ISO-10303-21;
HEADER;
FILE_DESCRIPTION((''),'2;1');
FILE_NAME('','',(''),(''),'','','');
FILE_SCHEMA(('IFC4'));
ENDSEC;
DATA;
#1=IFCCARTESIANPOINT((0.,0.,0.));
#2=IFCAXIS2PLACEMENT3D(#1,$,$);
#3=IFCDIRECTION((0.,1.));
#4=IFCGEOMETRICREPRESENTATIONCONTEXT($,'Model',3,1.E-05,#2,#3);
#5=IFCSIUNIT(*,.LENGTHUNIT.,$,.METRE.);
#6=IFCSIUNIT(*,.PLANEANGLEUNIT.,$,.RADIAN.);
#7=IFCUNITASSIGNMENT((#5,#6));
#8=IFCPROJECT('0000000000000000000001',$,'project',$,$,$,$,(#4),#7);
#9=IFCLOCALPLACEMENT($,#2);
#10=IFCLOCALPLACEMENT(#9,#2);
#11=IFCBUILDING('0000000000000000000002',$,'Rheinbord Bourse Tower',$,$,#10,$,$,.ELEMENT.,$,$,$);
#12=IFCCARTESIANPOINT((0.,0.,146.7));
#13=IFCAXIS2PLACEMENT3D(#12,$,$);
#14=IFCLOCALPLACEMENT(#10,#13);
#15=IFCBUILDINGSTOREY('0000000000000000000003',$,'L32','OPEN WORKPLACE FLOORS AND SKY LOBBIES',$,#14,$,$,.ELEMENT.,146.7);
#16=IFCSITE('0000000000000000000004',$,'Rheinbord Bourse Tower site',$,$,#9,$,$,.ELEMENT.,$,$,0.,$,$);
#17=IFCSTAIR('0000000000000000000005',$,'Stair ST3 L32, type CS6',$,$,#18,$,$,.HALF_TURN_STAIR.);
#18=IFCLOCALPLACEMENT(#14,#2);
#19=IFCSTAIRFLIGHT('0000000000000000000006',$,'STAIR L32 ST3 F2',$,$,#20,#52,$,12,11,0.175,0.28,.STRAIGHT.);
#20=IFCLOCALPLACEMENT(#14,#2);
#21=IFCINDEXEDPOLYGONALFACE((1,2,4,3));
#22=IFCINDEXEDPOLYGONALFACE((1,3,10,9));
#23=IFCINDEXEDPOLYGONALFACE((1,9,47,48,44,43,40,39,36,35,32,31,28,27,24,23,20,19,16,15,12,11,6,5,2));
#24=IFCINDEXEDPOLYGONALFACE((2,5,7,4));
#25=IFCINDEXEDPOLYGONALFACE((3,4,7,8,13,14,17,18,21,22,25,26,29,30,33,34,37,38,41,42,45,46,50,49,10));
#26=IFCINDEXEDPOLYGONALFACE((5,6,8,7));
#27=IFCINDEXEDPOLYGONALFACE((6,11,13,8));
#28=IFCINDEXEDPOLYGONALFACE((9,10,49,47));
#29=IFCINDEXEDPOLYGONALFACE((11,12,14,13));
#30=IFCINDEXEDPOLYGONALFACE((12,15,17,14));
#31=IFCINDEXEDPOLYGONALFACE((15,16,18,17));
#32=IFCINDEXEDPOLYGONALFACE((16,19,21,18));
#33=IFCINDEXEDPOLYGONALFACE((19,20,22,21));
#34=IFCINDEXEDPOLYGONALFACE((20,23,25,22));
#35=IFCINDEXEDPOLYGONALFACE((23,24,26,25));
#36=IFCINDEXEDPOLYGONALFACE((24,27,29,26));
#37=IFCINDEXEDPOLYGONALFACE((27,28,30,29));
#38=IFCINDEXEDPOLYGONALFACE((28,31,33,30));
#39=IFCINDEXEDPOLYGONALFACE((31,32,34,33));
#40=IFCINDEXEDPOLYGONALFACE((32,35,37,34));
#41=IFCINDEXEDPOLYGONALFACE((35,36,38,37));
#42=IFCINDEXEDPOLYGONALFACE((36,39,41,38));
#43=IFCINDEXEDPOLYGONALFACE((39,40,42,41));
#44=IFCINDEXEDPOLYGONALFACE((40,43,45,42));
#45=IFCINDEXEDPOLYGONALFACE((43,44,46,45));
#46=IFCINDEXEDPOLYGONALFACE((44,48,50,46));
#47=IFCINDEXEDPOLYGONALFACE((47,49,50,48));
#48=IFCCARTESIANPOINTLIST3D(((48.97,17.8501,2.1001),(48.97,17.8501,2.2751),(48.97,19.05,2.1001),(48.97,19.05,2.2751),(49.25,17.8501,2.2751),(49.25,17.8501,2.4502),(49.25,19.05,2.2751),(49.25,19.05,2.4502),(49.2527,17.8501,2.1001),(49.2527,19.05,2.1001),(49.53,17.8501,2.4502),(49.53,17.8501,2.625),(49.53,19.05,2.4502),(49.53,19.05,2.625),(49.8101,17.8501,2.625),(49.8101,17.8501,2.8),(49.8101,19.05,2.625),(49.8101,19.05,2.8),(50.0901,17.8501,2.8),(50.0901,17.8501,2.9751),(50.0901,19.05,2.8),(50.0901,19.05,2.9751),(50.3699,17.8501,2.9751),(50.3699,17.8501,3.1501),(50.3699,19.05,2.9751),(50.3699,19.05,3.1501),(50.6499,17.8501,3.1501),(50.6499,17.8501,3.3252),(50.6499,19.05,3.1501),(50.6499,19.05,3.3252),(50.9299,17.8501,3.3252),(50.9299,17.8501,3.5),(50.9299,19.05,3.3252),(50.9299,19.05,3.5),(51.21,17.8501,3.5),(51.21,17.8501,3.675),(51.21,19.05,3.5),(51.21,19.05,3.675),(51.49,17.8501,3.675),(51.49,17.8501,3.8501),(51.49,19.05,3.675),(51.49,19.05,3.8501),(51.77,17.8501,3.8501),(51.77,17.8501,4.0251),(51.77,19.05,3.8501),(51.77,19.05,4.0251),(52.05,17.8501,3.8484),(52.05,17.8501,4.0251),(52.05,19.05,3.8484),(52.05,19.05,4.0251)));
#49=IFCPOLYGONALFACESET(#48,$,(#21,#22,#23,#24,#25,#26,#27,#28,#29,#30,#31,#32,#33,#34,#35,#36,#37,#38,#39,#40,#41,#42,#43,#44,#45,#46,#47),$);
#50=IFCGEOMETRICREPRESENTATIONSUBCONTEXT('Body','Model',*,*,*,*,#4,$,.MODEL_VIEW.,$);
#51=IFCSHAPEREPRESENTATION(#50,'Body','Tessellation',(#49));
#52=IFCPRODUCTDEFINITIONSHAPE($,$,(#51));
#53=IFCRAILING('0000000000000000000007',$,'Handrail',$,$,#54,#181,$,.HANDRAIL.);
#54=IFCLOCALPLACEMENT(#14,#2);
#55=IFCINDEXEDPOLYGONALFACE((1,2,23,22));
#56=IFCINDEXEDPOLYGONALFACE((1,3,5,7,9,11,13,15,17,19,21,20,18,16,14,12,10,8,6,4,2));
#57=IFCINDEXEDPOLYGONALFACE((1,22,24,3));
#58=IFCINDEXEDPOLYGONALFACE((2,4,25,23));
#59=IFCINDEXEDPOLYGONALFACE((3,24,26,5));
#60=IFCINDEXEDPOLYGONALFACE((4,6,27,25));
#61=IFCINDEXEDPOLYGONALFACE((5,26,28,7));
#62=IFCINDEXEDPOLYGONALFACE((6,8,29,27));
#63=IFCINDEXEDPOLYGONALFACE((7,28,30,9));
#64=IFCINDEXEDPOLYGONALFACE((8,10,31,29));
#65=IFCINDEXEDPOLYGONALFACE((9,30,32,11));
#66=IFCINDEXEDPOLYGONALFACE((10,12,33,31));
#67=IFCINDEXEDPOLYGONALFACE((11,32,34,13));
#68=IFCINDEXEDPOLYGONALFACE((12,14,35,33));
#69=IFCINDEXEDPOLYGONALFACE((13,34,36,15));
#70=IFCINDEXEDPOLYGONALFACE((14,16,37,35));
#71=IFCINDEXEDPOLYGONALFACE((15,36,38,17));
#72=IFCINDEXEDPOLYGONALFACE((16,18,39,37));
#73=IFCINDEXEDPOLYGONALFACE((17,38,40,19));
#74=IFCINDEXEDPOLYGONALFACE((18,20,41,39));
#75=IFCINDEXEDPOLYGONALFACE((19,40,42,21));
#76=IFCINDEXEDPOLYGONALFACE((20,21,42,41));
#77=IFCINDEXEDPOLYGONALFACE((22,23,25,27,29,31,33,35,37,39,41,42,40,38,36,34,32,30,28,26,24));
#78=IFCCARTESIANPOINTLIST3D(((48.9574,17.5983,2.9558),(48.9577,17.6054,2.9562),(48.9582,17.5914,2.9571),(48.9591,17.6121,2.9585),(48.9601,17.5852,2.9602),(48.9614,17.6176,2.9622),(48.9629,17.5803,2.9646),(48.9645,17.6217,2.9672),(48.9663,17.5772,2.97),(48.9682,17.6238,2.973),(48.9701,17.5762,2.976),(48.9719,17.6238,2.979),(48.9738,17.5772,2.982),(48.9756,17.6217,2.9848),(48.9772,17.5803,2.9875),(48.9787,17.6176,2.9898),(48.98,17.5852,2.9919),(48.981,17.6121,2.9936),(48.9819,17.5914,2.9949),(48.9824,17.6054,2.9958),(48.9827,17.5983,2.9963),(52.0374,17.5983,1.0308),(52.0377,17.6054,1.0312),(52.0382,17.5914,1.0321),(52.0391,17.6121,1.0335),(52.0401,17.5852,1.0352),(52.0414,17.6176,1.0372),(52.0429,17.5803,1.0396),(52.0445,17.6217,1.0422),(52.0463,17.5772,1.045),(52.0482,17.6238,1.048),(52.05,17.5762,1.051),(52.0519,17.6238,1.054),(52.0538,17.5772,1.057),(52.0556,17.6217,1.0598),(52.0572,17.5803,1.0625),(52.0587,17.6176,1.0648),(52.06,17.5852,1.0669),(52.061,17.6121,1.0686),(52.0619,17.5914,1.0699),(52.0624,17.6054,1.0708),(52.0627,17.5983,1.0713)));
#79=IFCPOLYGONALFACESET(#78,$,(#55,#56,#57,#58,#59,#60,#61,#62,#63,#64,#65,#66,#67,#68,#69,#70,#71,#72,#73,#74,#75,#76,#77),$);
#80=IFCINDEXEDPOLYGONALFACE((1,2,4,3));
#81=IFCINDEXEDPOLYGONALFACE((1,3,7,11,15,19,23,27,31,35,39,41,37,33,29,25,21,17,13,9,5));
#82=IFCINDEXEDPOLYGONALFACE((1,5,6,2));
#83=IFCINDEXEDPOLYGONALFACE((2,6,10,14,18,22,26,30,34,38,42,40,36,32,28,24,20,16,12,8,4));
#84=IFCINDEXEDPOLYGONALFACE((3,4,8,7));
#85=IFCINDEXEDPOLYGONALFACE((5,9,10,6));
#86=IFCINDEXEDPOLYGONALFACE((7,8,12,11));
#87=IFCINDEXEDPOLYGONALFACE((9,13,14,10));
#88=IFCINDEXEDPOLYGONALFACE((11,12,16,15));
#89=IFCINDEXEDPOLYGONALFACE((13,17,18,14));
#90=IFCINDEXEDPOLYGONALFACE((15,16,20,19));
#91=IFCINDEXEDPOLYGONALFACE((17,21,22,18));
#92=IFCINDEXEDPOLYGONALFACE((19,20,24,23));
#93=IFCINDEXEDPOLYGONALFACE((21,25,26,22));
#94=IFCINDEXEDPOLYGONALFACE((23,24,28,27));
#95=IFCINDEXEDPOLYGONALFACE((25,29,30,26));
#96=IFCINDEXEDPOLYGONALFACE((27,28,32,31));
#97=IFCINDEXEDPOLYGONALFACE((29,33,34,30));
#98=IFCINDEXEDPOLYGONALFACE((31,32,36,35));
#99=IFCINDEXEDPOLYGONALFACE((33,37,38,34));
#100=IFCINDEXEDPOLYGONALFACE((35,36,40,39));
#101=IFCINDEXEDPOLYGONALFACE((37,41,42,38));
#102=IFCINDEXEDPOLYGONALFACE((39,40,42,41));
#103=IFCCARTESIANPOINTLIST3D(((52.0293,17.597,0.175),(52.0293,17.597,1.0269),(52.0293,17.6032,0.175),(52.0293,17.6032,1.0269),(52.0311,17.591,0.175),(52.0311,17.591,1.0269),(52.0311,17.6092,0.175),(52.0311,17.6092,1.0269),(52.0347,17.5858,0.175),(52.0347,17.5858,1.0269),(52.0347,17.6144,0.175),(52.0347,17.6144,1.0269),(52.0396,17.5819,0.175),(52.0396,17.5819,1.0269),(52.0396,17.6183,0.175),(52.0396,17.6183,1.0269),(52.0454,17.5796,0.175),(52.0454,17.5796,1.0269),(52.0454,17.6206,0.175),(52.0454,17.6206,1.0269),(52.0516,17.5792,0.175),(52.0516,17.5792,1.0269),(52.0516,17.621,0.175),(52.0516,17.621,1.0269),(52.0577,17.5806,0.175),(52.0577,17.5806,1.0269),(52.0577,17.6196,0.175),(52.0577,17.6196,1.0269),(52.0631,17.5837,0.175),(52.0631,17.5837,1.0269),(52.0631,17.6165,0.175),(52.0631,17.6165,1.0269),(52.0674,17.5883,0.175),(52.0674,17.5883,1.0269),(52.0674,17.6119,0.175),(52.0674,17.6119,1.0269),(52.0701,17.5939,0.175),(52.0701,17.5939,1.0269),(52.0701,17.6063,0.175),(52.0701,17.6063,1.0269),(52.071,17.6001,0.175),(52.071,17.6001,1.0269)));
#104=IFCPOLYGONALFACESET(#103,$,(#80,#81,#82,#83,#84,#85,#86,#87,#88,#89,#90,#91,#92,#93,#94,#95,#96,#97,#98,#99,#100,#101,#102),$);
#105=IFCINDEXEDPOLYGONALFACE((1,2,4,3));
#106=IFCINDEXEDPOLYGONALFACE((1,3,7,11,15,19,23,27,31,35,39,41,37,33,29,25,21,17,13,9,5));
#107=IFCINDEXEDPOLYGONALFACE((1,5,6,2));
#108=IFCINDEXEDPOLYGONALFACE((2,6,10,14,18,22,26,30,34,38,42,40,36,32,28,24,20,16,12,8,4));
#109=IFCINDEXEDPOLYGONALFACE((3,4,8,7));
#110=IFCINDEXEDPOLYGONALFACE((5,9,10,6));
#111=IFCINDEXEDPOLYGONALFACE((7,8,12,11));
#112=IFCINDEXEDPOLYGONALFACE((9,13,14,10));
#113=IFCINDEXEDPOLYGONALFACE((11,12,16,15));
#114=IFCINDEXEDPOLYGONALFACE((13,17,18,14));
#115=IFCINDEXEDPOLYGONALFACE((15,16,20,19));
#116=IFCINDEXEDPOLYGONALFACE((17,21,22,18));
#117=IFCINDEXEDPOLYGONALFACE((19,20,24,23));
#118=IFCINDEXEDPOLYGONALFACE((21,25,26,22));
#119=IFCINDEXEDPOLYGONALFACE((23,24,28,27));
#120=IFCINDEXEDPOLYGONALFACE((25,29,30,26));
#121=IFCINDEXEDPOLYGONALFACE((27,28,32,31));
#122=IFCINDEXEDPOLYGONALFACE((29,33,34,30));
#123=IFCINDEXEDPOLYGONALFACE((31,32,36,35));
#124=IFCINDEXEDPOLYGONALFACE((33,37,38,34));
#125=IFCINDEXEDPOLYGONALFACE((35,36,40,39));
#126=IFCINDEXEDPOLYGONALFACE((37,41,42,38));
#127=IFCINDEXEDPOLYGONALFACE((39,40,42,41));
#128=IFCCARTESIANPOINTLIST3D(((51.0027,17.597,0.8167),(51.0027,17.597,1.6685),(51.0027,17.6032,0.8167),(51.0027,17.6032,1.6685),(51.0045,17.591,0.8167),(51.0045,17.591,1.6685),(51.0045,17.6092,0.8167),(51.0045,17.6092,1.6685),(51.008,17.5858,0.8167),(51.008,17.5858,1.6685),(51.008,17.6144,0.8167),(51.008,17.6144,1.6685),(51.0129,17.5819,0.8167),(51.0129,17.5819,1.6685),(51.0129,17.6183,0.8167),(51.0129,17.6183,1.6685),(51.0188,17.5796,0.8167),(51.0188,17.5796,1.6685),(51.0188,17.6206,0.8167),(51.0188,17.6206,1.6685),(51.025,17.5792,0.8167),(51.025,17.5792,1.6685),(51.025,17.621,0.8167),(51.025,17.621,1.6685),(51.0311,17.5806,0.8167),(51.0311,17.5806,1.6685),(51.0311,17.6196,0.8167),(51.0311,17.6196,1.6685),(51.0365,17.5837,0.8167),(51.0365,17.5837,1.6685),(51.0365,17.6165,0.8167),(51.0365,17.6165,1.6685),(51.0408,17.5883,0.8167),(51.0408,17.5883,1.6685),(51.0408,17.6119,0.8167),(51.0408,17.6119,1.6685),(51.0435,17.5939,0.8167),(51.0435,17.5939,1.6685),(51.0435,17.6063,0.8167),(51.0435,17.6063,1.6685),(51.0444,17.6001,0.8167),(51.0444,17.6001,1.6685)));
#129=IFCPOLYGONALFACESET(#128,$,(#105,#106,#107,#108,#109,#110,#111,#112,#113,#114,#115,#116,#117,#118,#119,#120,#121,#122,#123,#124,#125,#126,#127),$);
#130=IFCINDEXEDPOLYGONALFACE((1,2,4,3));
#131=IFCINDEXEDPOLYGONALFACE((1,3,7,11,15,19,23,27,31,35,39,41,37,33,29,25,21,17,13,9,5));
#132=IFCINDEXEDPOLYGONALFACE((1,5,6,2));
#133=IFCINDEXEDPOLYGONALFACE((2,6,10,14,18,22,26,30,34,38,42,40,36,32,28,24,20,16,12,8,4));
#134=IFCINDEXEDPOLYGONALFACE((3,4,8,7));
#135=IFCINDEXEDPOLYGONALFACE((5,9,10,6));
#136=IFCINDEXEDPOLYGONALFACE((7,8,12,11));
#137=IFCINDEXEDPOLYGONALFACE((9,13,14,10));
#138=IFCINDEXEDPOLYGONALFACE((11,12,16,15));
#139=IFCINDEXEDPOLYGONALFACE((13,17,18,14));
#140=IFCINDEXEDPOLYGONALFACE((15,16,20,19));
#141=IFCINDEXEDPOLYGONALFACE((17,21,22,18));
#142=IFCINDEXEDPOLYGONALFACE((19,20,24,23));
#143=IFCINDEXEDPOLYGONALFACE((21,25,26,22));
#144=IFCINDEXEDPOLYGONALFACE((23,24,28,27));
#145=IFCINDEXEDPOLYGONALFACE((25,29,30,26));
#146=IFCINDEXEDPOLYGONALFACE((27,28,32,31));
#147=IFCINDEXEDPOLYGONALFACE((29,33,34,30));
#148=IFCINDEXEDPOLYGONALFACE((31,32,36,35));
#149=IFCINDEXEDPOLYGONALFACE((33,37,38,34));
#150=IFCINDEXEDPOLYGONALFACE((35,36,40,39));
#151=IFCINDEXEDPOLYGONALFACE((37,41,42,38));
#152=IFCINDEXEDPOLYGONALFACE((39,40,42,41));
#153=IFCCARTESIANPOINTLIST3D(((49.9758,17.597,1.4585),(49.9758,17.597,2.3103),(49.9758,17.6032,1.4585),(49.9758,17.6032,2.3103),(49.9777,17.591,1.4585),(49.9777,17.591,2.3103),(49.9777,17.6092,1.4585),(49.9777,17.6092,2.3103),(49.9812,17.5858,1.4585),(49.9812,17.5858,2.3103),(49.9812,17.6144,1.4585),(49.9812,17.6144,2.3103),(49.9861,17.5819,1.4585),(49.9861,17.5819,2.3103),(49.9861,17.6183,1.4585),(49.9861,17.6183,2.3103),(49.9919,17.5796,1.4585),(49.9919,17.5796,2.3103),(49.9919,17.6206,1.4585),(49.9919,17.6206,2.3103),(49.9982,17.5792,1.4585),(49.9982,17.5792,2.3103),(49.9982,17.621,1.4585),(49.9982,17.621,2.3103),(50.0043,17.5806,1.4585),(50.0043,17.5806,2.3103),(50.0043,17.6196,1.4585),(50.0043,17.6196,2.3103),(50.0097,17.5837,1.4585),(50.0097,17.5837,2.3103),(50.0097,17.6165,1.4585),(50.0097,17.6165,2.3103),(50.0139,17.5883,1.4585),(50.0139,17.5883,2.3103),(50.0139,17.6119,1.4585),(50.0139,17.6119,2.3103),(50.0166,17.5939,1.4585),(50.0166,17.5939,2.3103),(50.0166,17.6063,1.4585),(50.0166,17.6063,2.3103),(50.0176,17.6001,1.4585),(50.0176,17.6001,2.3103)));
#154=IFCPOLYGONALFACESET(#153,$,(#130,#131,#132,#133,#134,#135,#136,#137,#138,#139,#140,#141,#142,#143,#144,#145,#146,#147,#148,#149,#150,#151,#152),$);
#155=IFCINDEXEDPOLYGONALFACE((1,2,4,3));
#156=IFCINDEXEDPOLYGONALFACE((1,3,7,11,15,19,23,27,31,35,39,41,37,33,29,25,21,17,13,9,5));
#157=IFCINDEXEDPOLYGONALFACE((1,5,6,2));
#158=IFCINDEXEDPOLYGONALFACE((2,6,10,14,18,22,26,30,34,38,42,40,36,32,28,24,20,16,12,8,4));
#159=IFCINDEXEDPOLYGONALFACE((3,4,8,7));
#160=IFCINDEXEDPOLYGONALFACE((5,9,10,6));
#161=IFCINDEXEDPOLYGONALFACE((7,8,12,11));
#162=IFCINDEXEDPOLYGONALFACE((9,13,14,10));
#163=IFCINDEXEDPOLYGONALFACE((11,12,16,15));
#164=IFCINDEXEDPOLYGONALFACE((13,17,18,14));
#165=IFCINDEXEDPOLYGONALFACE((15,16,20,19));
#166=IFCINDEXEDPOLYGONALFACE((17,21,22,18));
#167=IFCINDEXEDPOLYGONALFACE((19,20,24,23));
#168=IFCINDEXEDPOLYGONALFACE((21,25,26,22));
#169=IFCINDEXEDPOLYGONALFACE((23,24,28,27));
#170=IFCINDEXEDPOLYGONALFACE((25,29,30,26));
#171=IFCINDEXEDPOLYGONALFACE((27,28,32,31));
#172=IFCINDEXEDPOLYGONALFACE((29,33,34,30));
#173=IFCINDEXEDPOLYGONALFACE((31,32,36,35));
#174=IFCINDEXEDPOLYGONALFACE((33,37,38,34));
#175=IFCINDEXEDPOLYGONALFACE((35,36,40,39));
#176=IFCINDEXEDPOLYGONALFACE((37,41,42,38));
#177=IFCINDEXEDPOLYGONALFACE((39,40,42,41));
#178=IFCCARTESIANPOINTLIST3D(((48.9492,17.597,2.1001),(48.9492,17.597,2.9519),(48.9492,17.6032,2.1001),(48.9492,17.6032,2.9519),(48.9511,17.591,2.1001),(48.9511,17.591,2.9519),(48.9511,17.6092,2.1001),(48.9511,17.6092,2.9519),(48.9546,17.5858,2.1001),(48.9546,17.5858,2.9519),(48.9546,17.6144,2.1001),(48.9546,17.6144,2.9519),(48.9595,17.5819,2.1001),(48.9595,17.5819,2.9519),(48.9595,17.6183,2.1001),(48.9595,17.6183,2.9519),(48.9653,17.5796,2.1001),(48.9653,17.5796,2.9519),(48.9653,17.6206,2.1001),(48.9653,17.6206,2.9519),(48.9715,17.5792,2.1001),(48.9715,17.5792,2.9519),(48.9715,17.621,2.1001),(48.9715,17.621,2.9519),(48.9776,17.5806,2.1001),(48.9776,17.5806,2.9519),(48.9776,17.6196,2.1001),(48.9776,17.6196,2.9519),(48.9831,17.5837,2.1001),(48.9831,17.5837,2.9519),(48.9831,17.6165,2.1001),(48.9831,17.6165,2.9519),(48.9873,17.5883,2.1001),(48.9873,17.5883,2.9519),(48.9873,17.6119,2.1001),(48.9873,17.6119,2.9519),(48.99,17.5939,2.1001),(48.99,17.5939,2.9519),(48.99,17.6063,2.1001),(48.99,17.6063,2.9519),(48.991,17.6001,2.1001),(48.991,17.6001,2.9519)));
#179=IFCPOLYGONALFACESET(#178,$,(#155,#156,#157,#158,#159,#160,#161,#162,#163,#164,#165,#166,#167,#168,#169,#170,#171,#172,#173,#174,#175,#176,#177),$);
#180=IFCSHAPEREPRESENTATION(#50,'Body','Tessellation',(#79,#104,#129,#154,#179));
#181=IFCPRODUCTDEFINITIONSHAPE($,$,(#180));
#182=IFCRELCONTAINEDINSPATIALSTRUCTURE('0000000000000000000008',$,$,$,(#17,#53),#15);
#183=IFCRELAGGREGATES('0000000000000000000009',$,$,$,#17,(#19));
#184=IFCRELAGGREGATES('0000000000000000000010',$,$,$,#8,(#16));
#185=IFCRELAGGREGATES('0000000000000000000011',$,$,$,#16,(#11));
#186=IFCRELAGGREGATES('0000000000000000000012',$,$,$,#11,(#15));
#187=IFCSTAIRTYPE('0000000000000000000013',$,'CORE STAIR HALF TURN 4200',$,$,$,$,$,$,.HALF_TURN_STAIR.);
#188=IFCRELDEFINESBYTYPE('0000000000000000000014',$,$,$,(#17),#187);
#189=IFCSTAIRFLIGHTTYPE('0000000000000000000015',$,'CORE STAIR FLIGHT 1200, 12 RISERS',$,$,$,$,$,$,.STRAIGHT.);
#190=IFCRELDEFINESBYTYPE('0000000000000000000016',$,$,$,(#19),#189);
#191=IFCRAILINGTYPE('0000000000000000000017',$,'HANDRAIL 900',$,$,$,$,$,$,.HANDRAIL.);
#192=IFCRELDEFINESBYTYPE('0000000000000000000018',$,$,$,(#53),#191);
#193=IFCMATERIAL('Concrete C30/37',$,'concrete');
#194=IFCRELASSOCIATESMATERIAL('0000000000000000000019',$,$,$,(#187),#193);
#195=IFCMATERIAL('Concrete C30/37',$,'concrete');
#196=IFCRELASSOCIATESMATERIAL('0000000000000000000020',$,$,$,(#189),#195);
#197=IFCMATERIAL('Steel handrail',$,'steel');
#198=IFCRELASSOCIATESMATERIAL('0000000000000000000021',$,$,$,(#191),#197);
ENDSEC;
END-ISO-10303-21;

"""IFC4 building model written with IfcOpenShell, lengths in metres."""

from ifc_helpers import new_model, si_unit, direction, frame, origin, origin_2d, place, context, subcontext, project, spatial, polyline, circle, outline, extrude, material, type_object, element, aggregate, save


model = new_model("IFC4")

# Units and contexts
model_context = context("Model", 3, precision=1e-05, world=origin(), true_north=direction((0.0, 1.0)))
body_context = subcontext(model_context, "Body", "Model", "MODEL_VIEW")
ifc_project = project(units=[si_unit("LENGTHUNIT", "METRE"), si_unit("PLANEANGLEUNIT", "RADIAN")], contexts=[model_context])

# Site, building, storey
site_placement = place(None, origin())
site = spatial("IfcSite", under=ifc_project, at=site_placement, Name="Rheinbord Bourse Tower site", CompositionType="ELEMENT", RefElevation=0.0)
building_placement = place(site_placement, origin())
building = spatial("IfcBuilding", under=site, at=building_placement, Name="Rheinbord Bourse Tower", CompositionType="ELEMENT")
storey_placement = place(building_placement, frame((0.0, 0.0, 146.7)))
storey = spatial("IfcBuildingStorey", under=building, at=storey_placement, Name="L32", Description="OPEN WORKPLACE FLOORS AND SKY LOBBIES", CompositionType="ELEMENT", Elevation=146.7)

# Stair, stair flight
ifc_material_1 = material(Name="Concrete C30/37", Category="concrete")
stair_type = type_object("IfcStairType", Name="CORE STAIR HALF TURN 4200", PredefinedType="HALF_TURN_STAIR", material=ifc_material_1)
stair_placement = place(storey_placement, origin())
stair = element("IfcStair", 1, at=stair_placement, inside=storey, type_object=stair_type, Name="Stair ST3 L32, type CS6", PredefinedType="HALF_TURN_STAIR")
ifc_material_2 = material(Name="Concrete C30/37", Category="concrete")
stair_flight_type = type_object("IfcStairFlightType", Name="CORE STAIR FLIGHT 1200, 12 RISERS", PredefinedType="STRAIGHT", material=ifc_material_2)
stair_flight_1_placement = place(storey_placement, frame((48.97, 18.45, 2.1001), z_axis=(0.0, 0.0, 1.0), x_axis=(1.0, 0.0, 0.0)))
stair_flight_1 = element("IfcStairFlight", 2, at=stair_flight_1_placement, type_object=stair_flight_type, Name="STAIR L32 ST3 F2", NumberOfRisers=12, NumberOfTreads=11, PredefinedType="STRAIGHT", RiserHeight=0.175, TreadLength=0.28, context=body_context, shape_type="SweptSolid", body=[
    extrude(outline(polyline([(0.0, 0.0), (0.0, 0.175), (0.28, 0.175), (0.28, 0.3501), (0.5601, 0.3501), (0.5601, 0.5249), (0.8401, 0.5249), (0.8401, 0.7), (1.1201, 0.7), (1.1201, 0.875), (1.3999, 0.875), (1.3999, 1.05), (1.6799, 1.05), (1.6799, 1.2251), (1.96, 1.2251), (1.96, 1.3999), (2.24, 1.3999), (2.24, 1.575), (2.52, 1.575), (2.52, 1.75), (2.8, 1.75), (2.8, 1.925), (3.0801, 1.925), (3.0801, 2.1001), (3.0801, 1.7483), (0.2827, 0.0), (0.0, 0.0)])), frame((0.0, 0.6001, 0.0), z_axis=(0.0, -1.0, 0.0), x_axis=(1.0, 0.0, 0.0)), (0.0, 0.0, 1.0), 1.2),
])
aggregate(stair, [stair_flight_1])

# Railing
ifc_material_3 = material(Name="Steel handrail", Category="steel")
railing_type = type_object("IfcRailingType", Name="HANDRAIL 900", PredefinedType="HANDRAIL", material=ifc_material_3)
railing_1_placement = place(storey_placement, frame((52.05, 17.6001, 0.175)))
element("IfcRailing", 3, at=railing_1_placement, inside=storey, type_object=railing_type, Name="Handrail", PredefinedType="HANDRAIL", context=body_context, shape_type="SweptSolid", body=[
    extrude(circle(Radius=0.0239, at=origin_2d()), frame((0.0, 0.0, 0.876), z_axis=(-0.847998, 0.0, 0.529999), x_axis=(0.0, -1.0, 0.0)), (0.0, 0.0, 1.0), 3.6321),
    extrude(circle(Radius=0.021, at=origin_2d()), origin(), (0.0, 0.0, 1.0), 0.8518),
    extrude(circle(Radius=0.021, at=origin_2d()), frame((-1.0266, 0.0, 0.6416)), (0.0, 0.0, 1.0), 0.8518),
    extrude(circle(Radius=0.021, at=origin_2d()), frame((-2.0535, 0.0, 1.2834)), (0.0, 0.0, 1.0), 0.8518),
    extrude(circle(Radius=0.021, at=origin_2d()), frame((-3.0801, 0.0, 1.925)), (0.0, 0.0, 1.0), 0.8518),
])

save(model, "model.ifc")
